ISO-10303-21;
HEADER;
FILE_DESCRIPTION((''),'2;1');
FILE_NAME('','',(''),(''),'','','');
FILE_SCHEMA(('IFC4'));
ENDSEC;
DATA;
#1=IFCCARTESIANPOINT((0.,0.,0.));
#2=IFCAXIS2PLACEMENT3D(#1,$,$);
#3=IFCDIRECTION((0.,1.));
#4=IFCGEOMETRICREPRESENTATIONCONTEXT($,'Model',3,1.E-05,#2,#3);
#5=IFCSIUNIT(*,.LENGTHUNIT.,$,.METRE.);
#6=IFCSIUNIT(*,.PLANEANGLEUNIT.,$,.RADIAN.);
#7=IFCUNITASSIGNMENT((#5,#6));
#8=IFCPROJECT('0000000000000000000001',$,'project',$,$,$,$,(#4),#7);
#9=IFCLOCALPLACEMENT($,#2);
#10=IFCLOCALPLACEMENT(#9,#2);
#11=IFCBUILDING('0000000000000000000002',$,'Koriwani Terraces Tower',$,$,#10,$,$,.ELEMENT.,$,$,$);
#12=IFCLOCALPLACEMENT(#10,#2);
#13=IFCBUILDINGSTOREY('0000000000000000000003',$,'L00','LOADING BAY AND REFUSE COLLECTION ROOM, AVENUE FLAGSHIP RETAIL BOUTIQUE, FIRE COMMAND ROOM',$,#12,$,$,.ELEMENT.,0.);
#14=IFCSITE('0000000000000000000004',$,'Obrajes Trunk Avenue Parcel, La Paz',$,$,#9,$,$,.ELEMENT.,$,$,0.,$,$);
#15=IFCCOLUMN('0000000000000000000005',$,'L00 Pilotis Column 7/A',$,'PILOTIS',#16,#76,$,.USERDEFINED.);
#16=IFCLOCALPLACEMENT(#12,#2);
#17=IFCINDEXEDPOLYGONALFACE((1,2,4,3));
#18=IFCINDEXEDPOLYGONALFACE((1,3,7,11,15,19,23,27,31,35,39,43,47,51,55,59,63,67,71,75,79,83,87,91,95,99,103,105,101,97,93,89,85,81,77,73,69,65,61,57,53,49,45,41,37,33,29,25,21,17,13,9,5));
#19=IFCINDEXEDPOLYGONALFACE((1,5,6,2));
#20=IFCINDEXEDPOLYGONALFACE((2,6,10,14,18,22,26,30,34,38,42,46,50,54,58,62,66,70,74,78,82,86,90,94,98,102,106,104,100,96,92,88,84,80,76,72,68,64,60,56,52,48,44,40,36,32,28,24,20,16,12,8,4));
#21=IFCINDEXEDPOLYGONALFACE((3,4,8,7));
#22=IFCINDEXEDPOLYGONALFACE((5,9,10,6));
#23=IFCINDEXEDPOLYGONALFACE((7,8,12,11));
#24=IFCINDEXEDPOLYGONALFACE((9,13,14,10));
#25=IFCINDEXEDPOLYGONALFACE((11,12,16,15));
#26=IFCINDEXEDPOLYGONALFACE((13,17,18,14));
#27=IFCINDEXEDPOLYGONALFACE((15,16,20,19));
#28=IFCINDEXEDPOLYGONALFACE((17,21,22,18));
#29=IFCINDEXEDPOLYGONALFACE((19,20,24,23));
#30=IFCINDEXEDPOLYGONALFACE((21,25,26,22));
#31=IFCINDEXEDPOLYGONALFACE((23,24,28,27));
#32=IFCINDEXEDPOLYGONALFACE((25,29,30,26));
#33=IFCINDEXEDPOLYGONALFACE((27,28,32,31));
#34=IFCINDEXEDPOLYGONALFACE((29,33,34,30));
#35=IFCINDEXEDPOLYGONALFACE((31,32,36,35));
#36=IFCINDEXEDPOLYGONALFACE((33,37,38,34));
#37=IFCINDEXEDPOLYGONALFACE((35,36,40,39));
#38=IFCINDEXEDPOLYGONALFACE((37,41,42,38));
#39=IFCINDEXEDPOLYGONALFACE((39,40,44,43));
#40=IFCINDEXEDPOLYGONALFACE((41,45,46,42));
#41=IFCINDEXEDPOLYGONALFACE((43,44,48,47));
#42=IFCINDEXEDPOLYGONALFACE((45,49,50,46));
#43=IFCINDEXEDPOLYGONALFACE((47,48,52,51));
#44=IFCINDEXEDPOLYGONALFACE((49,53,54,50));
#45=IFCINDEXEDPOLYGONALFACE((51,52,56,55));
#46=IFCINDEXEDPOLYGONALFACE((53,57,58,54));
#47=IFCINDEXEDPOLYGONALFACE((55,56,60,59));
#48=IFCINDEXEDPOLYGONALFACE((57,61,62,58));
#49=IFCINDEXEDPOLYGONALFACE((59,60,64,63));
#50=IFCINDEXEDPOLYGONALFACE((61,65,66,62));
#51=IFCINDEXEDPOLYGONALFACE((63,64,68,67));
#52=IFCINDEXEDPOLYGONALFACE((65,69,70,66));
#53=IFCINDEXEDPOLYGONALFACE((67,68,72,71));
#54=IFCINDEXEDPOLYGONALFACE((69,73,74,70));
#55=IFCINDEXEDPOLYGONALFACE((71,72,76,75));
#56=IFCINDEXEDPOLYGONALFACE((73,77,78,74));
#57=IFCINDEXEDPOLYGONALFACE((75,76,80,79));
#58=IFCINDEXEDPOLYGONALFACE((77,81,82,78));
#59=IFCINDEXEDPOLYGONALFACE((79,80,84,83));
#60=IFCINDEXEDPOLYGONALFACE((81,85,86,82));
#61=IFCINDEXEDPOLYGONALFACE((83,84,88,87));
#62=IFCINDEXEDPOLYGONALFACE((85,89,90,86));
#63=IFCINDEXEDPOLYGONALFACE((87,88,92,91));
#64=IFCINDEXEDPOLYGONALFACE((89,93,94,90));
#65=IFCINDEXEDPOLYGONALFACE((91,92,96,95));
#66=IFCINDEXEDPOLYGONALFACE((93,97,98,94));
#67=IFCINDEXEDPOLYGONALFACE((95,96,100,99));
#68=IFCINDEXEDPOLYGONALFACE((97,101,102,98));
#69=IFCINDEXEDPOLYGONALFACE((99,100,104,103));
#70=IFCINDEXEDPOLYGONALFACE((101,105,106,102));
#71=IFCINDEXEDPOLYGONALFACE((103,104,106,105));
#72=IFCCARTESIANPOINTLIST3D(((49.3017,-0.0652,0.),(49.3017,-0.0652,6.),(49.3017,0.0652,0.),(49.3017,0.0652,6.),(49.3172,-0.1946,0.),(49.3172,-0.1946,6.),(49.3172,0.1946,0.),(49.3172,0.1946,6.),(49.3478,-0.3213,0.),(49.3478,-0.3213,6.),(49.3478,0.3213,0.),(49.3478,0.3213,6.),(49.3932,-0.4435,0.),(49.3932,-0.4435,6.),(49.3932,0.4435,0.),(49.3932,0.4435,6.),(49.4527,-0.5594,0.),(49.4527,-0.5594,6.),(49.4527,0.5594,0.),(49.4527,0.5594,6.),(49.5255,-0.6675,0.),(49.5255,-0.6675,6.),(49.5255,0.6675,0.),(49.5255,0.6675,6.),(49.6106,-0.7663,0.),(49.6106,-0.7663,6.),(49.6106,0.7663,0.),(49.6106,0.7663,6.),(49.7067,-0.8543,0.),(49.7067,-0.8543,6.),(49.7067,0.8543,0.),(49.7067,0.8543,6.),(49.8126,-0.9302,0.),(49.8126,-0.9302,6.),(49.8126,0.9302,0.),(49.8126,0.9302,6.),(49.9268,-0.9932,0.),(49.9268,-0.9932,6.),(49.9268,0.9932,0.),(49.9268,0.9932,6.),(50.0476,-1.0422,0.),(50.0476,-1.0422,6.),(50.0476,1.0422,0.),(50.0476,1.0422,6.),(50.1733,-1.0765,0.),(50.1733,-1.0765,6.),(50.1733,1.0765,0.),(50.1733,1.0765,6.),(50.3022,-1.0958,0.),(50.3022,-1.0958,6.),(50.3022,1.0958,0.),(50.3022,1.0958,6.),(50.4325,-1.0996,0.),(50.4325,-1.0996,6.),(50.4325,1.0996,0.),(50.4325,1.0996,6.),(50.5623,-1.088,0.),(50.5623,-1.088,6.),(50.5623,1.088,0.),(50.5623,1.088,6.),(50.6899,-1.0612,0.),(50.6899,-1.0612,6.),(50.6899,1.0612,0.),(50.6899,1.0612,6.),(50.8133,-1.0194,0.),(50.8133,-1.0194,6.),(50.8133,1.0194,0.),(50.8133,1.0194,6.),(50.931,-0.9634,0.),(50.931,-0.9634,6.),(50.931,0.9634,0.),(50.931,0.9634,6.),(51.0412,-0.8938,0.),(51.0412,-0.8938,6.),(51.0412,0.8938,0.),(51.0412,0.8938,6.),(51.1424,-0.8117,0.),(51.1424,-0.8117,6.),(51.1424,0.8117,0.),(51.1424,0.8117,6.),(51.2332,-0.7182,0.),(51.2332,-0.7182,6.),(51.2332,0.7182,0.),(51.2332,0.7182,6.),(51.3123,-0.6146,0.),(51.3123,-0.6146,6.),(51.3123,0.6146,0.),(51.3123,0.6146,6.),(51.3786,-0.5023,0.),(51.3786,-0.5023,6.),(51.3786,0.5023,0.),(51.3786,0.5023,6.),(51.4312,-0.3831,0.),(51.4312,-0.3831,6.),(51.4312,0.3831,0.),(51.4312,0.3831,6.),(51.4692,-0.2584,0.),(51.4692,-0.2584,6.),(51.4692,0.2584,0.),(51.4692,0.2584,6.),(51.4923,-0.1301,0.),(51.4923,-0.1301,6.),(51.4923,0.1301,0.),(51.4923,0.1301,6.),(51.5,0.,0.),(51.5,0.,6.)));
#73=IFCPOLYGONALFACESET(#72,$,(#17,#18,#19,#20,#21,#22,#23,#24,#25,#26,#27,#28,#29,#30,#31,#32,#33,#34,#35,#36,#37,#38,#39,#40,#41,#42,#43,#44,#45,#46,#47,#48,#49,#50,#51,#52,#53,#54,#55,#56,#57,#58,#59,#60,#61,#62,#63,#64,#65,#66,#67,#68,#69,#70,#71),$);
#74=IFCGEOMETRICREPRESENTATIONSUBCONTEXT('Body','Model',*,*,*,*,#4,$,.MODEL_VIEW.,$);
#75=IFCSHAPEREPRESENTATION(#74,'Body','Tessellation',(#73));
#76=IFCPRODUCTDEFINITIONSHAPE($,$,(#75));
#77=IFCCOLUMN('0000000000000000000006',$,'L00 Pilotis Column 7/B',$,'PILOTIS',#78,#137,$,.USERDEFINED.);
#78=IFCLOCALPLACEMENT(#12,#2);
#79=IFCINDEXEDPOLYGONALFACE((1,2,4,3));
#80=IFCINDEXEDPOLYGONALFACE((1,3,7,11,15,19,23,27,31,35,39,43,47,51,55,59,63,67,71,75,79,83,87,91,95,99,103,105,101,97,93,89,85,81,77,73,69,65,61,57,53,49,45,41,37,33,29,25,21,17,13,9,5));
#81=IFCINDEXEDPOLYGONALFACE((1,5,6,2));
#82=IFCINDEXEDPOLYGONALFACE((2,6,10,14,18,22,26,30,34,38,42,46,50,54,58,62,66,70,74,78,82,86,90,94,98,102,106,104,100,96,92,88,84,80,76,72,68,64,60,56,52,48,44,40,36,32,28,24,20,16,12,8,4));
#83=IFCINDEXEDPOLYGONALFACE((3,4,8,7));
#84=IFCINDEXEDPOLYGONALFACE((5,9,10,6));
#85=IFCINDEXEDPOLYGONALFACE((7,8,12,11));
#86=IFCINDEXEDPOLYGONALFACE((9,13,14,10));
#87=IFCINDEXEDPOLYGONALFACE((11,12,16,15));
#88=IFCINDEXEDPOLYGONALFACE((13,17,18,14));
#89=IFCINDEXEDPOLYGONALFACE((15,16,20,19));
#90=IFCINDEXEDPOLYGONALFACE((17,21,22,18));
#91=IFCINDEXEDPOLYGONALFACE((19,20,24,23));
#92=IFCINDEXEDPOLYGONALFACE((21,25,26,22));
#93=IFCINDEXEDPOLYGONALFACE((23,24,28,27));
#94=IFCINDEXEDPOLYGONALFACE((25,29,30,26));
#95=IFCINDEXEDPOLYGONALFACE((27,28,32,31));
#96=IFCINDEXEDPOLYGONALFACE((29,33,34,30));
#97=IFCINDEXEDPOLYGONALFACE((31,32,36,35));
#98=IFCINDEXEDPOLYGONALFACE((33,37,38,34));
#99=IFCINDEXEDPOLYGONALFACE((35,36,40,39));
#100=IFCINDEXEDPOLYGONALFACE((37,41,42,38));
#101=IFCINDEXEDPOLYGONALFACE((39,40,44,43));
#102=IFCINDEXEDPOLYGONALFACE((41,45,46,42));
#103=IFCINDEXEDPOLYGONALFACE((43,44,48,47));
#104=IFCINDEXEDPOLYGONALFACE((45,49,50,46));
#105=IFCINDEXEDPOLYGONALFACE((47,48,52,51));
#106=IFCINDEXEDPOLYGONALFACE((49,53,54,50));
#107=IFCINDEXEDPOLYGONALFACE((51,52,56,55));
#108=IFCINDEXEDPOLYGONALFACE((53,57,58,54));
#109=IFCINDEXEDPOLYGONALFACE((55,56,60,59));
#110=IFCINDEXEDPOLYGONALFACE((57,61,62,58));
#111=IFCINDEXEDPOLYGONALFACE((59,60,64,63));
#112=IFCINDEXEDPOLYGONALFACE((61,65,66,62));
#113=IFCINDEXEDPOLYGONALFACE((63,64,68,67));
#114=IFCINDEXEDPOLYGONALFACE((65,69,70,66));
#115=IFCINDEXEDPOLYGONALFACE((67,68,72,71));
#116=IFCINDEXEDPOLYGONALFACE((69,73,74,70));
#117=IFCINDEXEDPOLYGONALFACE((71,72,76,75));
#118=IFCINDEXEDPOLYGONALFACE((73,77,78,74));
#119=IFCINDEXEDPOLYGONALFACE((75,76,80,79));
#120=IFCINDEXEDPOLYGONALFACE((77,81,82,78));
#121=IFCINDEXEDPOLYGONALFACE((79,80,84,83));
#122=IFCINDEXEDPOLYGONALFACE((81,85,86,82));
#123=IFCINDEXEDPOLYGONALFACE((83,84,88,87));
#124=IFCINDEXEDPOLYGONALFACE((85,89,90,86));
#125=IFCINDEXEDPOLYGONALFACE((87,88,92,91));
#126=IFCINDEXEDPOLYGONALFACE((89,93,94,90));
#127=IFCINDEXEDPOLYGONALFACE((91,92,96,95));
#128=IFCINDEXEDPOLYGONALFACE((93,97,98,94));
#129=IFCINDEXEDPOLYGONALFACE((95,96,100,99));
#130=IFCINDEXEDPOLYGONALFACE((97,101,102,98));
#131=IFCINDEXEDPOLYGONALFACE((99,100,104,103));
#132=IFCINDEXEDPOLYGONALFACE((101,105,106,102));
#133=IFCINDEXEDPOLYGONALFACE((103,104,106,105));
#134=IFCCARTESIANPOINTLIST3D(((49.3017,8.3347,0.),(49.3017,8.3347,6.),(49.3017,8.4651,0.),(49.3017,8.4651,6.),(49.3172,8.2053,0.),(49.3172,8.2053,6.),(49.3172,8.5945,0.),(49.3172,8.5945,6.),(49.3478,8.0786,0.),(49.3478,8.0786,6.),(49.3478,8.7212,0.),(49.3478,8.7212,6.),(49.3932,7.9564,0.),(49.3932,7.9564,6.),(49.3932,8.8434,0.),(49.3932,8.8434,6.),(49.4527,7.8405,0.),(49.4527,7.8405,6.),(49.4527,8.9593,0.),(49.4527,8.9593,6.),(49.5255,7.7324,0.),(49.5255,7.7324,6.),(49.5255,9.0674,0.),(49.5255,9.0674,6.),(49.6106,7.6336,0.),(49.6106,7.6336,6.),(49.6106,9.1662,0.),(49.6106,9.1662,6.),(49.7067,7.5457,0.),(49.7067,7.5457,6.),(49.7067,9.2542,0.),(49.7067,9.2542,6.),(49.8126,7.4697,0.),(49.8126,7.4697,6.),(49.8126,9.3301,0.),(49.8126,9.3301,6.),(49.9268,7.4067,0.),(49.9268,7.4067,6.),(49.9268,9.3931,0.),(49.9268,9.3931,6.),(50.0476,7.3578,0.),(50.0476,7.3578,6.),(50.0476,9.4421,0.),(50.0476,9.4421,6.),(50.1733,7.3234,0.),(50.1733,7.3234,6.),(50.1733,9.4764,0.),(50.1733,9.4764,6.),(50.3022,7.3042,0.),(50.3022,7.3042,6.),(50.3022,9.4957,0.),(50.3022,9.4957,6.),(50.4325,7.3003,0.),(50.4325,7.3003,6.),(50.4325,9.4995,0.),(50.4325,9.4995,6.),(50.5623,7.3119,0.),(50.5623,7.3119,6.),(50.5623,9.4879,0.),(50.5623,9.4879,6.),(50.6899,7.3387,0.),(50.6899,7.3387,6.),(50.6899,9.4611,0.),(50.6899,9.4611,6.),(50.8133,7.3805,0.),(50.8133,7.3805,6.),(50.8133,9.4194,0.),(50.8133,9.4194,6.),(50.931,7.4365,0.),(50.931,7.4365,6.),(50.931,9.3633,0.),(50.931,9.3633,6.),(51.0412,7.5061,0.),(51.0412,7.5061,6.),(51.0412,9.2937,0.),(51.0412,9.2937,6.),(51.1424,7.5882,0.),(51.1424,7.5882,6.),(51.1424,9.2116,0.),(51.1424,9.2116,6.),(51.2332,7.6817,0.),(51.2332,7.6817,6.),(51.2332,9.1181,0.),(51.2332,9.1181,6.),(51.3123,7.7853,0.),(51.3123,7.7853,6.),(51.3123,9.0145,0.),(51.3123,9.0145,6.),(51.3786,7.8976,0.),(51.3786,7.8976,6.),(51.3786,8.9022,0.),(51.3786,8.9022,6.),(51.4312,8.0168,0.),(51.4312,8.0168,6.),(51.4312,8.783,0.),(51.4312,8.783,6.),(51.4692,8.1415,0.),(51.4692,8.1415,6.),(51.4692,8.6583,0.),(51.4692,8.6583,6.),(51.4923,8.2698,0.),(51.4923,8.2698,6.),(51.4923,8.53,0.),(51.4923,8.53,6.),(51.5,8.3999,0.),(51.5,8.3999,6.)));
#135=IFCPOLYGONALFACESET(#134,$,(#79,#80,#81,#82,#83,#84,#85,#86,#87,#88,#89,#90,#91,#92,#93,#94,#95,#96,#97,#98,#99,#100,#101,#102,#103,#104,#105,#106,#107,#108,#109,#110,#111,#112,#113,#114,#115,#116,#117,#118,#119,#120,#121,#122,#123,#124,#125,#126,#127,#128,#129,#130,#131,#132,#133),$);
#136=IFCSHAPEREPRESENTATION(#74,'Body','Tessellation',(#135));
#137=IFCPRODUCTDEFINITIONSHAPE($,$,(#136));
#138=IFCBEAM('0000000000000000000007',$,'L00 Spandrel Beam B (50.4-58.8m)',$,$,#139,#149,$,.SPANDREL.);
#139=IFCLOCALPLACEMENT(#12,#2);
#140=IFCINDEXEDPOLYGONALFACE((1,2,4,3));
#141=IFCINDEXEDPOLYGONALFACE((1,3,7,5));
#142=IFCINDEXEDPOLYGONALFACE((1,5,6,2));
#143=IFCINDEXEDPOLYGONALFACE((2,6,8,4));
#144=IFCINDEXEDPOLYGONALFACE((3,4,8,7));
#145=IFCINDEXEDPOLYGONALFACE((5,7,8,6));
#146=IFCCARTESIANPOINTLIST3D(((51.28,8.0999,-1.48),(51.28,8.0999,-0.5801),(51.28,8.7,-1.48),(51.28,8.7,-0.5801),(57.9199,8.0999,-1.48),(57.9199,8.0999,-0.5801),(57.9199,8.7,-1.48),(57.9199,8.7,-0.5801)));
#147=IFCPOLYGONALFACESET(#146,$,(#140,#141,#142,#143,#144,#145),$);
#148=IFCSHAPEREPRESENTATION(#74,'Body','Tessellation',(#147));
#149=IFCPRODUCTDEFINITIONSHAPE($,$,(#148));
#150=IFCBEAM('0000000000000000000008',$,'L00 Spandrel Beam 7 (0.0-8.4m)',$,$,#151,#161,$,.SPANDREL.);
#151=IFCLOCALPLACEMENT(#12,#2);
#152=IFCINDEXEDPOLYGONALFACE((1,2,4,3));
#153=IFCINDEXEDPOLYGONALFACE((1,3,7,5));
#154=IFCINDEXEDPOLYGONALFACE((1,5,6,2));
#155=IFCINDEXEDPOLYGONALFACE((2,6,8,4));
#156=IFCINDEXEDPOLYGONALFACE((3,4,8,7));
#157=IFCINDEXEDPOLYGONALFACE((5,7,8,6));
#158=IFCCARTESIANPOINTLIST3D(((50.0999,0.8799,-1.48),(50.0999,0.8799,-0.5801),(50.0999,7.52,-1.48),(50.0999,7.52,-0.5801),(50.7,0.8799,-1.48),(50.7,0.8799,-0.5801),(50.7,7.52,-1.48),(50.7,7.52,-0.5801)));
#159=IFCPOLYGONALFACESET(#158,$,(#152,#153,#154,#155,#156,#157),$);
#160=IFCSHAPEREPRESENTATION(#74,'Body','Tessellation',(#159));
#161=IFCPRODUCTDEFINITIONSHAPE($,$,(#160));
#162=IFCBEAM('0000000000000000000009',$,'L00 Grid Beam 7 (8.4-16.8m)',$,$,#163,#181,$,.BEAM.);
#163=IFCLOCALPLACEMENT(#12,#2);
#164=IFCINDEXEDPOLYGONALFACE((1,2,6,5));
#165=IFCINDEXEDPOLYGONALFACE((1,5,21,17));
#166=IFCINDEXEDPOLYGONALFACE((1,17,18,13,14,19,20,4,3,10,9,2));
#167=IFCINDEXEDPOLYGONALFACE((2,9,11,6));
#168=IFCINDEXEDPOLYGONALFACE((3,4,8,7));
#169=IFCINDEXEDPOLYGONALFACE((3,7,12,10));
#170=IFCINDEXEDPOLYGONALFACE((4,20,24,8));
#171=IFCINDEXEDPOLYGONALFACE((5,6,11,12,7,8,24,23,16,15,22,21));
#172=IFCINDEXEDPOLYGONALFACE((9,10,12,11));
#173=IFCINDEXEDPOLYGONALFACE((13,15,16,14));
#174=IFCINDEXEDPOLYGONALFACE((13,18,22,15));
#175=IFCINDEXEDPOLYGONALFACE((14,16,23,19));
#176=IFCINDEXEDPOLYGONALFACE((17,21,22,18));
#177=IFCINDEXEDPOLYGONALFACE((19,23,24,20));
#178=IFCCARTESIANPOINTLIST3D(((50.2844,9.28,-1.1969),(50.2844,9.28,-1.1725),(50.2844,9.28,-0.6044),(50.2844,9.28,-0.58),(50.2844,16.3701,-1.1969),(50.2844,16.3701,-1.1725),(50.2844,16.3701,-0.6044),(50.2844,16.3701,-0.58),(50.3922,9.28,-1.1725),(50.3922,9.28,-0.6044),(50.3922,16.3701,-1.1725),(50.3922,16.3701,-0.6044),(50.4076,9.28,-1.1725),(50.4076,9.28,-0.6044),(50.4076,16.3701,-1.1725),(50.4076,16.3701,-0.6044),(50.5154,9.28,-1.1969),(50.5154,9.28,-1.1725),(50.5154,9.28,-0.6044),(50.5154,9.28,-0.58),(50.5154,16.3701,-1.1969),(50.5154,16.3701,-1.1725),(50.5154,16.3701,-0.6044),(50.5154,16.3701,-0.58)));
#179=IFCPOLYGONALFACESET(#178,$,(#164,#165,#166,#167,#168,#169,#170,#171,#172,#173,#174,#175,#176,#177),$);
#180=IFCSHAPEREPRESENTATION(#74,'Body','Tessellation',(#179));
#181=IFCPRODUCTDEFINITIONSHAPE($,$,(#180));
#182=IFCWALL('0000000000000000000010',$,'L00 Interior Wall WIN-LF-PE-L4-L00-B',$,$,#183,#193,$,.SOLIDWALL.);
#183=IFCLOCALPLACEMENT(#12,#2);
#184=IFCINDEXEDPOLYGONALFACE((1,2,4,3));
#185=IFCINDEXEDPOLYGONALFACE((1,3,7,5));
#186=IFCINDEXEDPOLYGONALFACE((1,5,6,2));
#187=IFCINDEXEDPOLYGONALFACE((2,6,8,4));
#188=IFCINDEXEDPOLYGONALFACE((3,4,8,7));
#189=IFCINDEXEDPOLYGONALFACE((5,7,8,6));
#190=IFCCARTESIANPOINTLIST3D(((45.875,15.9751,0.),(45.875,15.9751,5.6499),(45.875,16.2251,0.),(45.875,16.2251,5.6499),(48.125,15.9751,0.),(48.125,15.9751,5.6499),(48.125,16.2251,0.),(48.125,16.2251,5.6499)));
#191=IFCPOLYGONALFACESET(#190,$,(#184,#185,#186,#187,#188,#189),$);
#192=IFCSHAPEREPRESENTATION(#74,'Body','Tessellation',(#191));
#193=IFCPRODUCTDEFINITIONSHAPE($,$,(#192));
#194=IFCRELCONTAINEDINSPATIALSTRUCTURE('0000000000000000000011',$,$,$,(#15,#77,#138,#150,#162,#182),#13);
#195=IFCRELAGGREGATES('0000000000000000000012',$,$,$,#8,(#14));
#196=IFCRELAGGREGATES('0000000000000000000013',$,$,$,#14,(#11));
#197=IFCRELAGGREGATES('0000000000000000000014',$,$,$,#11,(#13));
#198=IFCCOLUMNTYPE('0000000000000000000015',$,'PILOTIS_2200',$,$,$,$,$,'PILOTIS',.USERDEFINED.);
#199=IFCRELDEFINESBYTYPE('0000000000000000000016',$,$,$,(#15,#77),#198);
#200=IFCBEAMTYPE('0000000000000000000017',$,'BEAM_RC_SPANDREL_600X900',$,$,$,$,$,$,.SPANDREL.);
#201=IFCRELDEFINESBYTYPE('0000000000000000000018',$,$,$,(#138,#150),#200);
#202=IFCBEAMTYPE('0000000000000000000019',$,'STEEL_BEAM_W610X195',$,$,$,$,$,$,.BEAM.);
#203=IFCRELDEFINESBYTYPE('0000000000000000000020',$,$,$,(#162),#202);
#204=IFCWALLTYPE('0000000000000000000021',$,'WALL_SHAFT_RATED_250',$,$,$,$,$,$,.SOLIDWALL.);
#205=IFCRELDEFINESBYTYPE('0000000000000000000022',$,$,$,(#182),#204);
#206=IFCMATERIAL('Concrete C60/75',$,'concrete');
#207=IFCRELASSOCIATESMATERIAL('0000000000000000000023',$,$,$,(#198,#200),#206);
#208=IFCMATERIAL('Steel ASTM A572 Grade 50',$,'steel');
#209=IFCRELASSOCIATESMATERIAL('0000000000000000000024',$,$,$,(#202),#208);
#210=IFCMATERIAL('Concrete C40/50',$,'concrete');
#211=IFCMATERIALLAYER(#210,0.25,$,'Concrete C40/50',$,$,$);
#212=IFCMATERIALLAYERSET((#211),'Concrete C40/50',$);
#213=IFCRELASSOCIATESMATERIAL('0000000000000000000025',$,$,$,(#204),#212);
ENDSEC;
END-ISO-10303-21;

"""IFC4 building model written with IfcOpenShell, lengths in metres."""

from ifc_helpers import new_model, si_unit, direction, frame, frame_2d, origin, origin_2d, place, context, subcontext, project, spatial, rectangle, circle, i_section, extrude, material, layer, layer_set, material_profile, profile_set, type_object, element, save


model = new_model("IFC4")

# Units and contexts
model_context = context("Model", 3, precision=1e-05, world=origin(), true_north=direction((0.0, 1.0)))
body_context = subcontext(model_context, "Body", "Model", "MODEL_VIEW")
ifc_project = project(units=[si_unit("LENGTHUNIT", "METRE"), si_unit("PLANEANGLEUNIT", "RADIAN")], contexts=[model_context])

# Site, building, storey
site_placement = place(None, origin())
site = spatial("IfcSite", under=ifc_project, at=site_placement, Name="Obrajes Trunk Avenue Parcel, La Paz", CompositionType="ELEMENT", RefElevation=0.0)
building_placement = place(site_placement, origin())
building = spatial("IfcBuilding", under=site, at=building_placement, Name="Koriwani Terraces Tower", CompositionType="ELEMENT")
storey_placement = place(building_placement, origin())
storey = spatial("IfcBuildingStorey", under=building, at=storey_placement, Name="L00", Description="LOADING BAY AND REFUSE COLLECTION ROOM, AVENUE FLAGSHIP RETAIL BOUTIQUE, FIRE COMMAND ROOM", CompositionType="ELEMENT", Elevation=0.0)

# Columns
ifc_material_1 = material(Name="Concrete C60/75", Category="concrete")
ifc_material_profile_1 = material_profile(ifc_material_1, circle(Radius=1.1001, at=origin_2d()), Name="Concrete C60/75", Category="LoadBearing")
ifc_profile_set_1 = profile_set([ifc_material_profile_1], Name="Concrete C60/75")
column_type = type_object("IfcColumnType", Name="PILOTIS_2200", ElementType="PILOTIS", PredefinedType="USERDEFINED", material=ifc_profile_set_1)
for number, where, z_axis, x_axis, name in (
    (1, (50.3999, 0.0, 0.0), (0.0, 0.0, 1.0), (1.0, 0.0, 0.0), "L00 Pilotis Column 7/A"),
    (2, (50.3999, 8.3999, 0.0), (0.0, 0.0, 1.0), (1.0, 0.0, 0.0), "L00 Pilotis Column 7/B"),
):
    element("IfcColumn", number, at=place(storey_placement, frame(where, z_axis=z_axis, x_axis=x_axis)), inside=storey, type_object=column_type, Name=name, ObjectType="PILOTIS", PredefinedType="USERDEFINED", context=body_context, shape_type="SweptSolid", body=[
        extrude(circle(Radius=1.1001, at=origin_2d()), origin(), (0.0, 0.0, 1.0), 6.0),
    ])

# Beams
ifc_material_profile_2 = material_profile(ifc_material_1, rectangle(XDim=0.6001, YDim=0.8999, at=origin_2d()), Name="Concrete C60/75", Category="LoadBearing")
ifc_profile_set_2 = profile_set([ifc_material_profile_2], Name="Concrete C60/75")
beam_type_1 = type_object("IfcBeamType", Name="BEAM_RC_SPANDREL_600X900", PredefinedType="SPANDREL", material=ifc_profile_set_2)
beam_1_placement = place(storey_placement, frame((51.28, 8.3999, -1.03), z_axis=(1.0, 0.0, 0.0), x_axis=(0.0, 1.0, 0.0)))
element("IfcBeam", 3, at=beam_1_placement, inside=storey, type_object=beam_type_1, Name="L00 Spandrel Beam B (50.4-58.8m)", PredefinedType="SPANDREL", context=body_context, shape_type="SweptSolid", body=[
    extrude(rectangle(XDim=0.6001, YDim=0.8999, at=origin_2d()), origin(), (0.0, 0.0, 1.0), 6.6399),
])
beam_2_placement = place(storey_placement, frame((50.3999, 0.8799, -1.03), z_axis=(0.0, 1.0, 0.0), x_axis=(-1.0, 0.0, 0.0)))
element("IfcBeam", 4, at=beam_2_placement, inside=storey, type_object=beam_type_1, Name="L00 Spandrel Beam 7 (0.0-8.4m)", PredefinedType="SPANDREL", context=body_context, shape_type="SweptSolid", body=[
    extrude(rectangle(XDim=0.6001, YDim=0.8999, at=origin_2d()), origin(), (0.0, 0.0, 1.0), 6.6401),
])
ifc_material_2 = material(Name="Steel ASTM A572 Grade 50", Category="steel")
ifc_material_profile_3 = material_profile(ifc_material_2, i_section(OverallWidth=0.231, OverallDepth=0.6169, WebThickness=0.0154, FlangeThickness=0.0244, at=origin_2d()), Name="Steel ASTM A572 Grade 50", Category="LoadBearing")
ifc_profile_set_3 = profile_set([ifc_material_profile_3], Name="Steel ASTM A572 Grade 50")
beam_type_2 = type_object("IfcBeamType", Name="STEEL_BEAM_W610X195", PredefinedType="BEAM", material=ifc_profile_set_3)
beam_3_placement = place(storey_placement, frame((50.3999, 9.28, -0.8884), z_axis=(0.0, 1.0, 0.0), x_axis=(-1.0, 0.0, 0.0)))
element("IfcBeam", 5, at=beam_3_placement, inside=storey, type_object=beam_type_2, Name="L00 Grid Beam 7 (8.4-16.8m)", PredefinedType="BEAM", context=body_context, shape_type="SweptSolid", body=[
    extrude(i_section(OverallWidth=0.231, OverallDepth=0.6169, WebThickness=0.0154, FlangeThickness=0.0244, at=origin_2d()), origin(), (0.0, 0.0, 1.0), 7.0901),
])

# Shared definitions
ifc_material_3 = material(Name="Concrete C40/50", Category="concrete")
ifc_layer_1 = layer(ifc_material_3, 0.25, Name="Concrete C40/50")
ifc_layer_set_1 = layer_set([ifc_layer_1], Name="Concrete C40/50")
wall_type = type_object("IfcWallType", Name="WALL_SHAFT_RATED_250", PredefinedType="SOLIDWALL", material=ifc_layer_set_1)

# Wall
for number, where, z_axis, x_axis, name in (
    (6, (45.875, 16.1001, 0.0), (0.0, 0.0, 1.0), (1.0, 0.0, 0.0), "L00 Interior Wall WIN-LF-PE-L4-L00-B"),
):
    element("IfcWall", number, at=place(storey_placement, frame(where, z_axis=z_axis, x_axis=x_axis)), inside=storey, type_object=wall_type, Name=name, PredefinedType="SOLIDWALL", context=body_context, shape_type="SweptSolid", body=[
        extrude(rectangle(XDim=2.25, YDim=0.25, at=frame_2d((1.125, 0.0))), origin(), (0.0, 0.0, 1.0), 5.6499),
    ])

save(model, "model.ifc")
